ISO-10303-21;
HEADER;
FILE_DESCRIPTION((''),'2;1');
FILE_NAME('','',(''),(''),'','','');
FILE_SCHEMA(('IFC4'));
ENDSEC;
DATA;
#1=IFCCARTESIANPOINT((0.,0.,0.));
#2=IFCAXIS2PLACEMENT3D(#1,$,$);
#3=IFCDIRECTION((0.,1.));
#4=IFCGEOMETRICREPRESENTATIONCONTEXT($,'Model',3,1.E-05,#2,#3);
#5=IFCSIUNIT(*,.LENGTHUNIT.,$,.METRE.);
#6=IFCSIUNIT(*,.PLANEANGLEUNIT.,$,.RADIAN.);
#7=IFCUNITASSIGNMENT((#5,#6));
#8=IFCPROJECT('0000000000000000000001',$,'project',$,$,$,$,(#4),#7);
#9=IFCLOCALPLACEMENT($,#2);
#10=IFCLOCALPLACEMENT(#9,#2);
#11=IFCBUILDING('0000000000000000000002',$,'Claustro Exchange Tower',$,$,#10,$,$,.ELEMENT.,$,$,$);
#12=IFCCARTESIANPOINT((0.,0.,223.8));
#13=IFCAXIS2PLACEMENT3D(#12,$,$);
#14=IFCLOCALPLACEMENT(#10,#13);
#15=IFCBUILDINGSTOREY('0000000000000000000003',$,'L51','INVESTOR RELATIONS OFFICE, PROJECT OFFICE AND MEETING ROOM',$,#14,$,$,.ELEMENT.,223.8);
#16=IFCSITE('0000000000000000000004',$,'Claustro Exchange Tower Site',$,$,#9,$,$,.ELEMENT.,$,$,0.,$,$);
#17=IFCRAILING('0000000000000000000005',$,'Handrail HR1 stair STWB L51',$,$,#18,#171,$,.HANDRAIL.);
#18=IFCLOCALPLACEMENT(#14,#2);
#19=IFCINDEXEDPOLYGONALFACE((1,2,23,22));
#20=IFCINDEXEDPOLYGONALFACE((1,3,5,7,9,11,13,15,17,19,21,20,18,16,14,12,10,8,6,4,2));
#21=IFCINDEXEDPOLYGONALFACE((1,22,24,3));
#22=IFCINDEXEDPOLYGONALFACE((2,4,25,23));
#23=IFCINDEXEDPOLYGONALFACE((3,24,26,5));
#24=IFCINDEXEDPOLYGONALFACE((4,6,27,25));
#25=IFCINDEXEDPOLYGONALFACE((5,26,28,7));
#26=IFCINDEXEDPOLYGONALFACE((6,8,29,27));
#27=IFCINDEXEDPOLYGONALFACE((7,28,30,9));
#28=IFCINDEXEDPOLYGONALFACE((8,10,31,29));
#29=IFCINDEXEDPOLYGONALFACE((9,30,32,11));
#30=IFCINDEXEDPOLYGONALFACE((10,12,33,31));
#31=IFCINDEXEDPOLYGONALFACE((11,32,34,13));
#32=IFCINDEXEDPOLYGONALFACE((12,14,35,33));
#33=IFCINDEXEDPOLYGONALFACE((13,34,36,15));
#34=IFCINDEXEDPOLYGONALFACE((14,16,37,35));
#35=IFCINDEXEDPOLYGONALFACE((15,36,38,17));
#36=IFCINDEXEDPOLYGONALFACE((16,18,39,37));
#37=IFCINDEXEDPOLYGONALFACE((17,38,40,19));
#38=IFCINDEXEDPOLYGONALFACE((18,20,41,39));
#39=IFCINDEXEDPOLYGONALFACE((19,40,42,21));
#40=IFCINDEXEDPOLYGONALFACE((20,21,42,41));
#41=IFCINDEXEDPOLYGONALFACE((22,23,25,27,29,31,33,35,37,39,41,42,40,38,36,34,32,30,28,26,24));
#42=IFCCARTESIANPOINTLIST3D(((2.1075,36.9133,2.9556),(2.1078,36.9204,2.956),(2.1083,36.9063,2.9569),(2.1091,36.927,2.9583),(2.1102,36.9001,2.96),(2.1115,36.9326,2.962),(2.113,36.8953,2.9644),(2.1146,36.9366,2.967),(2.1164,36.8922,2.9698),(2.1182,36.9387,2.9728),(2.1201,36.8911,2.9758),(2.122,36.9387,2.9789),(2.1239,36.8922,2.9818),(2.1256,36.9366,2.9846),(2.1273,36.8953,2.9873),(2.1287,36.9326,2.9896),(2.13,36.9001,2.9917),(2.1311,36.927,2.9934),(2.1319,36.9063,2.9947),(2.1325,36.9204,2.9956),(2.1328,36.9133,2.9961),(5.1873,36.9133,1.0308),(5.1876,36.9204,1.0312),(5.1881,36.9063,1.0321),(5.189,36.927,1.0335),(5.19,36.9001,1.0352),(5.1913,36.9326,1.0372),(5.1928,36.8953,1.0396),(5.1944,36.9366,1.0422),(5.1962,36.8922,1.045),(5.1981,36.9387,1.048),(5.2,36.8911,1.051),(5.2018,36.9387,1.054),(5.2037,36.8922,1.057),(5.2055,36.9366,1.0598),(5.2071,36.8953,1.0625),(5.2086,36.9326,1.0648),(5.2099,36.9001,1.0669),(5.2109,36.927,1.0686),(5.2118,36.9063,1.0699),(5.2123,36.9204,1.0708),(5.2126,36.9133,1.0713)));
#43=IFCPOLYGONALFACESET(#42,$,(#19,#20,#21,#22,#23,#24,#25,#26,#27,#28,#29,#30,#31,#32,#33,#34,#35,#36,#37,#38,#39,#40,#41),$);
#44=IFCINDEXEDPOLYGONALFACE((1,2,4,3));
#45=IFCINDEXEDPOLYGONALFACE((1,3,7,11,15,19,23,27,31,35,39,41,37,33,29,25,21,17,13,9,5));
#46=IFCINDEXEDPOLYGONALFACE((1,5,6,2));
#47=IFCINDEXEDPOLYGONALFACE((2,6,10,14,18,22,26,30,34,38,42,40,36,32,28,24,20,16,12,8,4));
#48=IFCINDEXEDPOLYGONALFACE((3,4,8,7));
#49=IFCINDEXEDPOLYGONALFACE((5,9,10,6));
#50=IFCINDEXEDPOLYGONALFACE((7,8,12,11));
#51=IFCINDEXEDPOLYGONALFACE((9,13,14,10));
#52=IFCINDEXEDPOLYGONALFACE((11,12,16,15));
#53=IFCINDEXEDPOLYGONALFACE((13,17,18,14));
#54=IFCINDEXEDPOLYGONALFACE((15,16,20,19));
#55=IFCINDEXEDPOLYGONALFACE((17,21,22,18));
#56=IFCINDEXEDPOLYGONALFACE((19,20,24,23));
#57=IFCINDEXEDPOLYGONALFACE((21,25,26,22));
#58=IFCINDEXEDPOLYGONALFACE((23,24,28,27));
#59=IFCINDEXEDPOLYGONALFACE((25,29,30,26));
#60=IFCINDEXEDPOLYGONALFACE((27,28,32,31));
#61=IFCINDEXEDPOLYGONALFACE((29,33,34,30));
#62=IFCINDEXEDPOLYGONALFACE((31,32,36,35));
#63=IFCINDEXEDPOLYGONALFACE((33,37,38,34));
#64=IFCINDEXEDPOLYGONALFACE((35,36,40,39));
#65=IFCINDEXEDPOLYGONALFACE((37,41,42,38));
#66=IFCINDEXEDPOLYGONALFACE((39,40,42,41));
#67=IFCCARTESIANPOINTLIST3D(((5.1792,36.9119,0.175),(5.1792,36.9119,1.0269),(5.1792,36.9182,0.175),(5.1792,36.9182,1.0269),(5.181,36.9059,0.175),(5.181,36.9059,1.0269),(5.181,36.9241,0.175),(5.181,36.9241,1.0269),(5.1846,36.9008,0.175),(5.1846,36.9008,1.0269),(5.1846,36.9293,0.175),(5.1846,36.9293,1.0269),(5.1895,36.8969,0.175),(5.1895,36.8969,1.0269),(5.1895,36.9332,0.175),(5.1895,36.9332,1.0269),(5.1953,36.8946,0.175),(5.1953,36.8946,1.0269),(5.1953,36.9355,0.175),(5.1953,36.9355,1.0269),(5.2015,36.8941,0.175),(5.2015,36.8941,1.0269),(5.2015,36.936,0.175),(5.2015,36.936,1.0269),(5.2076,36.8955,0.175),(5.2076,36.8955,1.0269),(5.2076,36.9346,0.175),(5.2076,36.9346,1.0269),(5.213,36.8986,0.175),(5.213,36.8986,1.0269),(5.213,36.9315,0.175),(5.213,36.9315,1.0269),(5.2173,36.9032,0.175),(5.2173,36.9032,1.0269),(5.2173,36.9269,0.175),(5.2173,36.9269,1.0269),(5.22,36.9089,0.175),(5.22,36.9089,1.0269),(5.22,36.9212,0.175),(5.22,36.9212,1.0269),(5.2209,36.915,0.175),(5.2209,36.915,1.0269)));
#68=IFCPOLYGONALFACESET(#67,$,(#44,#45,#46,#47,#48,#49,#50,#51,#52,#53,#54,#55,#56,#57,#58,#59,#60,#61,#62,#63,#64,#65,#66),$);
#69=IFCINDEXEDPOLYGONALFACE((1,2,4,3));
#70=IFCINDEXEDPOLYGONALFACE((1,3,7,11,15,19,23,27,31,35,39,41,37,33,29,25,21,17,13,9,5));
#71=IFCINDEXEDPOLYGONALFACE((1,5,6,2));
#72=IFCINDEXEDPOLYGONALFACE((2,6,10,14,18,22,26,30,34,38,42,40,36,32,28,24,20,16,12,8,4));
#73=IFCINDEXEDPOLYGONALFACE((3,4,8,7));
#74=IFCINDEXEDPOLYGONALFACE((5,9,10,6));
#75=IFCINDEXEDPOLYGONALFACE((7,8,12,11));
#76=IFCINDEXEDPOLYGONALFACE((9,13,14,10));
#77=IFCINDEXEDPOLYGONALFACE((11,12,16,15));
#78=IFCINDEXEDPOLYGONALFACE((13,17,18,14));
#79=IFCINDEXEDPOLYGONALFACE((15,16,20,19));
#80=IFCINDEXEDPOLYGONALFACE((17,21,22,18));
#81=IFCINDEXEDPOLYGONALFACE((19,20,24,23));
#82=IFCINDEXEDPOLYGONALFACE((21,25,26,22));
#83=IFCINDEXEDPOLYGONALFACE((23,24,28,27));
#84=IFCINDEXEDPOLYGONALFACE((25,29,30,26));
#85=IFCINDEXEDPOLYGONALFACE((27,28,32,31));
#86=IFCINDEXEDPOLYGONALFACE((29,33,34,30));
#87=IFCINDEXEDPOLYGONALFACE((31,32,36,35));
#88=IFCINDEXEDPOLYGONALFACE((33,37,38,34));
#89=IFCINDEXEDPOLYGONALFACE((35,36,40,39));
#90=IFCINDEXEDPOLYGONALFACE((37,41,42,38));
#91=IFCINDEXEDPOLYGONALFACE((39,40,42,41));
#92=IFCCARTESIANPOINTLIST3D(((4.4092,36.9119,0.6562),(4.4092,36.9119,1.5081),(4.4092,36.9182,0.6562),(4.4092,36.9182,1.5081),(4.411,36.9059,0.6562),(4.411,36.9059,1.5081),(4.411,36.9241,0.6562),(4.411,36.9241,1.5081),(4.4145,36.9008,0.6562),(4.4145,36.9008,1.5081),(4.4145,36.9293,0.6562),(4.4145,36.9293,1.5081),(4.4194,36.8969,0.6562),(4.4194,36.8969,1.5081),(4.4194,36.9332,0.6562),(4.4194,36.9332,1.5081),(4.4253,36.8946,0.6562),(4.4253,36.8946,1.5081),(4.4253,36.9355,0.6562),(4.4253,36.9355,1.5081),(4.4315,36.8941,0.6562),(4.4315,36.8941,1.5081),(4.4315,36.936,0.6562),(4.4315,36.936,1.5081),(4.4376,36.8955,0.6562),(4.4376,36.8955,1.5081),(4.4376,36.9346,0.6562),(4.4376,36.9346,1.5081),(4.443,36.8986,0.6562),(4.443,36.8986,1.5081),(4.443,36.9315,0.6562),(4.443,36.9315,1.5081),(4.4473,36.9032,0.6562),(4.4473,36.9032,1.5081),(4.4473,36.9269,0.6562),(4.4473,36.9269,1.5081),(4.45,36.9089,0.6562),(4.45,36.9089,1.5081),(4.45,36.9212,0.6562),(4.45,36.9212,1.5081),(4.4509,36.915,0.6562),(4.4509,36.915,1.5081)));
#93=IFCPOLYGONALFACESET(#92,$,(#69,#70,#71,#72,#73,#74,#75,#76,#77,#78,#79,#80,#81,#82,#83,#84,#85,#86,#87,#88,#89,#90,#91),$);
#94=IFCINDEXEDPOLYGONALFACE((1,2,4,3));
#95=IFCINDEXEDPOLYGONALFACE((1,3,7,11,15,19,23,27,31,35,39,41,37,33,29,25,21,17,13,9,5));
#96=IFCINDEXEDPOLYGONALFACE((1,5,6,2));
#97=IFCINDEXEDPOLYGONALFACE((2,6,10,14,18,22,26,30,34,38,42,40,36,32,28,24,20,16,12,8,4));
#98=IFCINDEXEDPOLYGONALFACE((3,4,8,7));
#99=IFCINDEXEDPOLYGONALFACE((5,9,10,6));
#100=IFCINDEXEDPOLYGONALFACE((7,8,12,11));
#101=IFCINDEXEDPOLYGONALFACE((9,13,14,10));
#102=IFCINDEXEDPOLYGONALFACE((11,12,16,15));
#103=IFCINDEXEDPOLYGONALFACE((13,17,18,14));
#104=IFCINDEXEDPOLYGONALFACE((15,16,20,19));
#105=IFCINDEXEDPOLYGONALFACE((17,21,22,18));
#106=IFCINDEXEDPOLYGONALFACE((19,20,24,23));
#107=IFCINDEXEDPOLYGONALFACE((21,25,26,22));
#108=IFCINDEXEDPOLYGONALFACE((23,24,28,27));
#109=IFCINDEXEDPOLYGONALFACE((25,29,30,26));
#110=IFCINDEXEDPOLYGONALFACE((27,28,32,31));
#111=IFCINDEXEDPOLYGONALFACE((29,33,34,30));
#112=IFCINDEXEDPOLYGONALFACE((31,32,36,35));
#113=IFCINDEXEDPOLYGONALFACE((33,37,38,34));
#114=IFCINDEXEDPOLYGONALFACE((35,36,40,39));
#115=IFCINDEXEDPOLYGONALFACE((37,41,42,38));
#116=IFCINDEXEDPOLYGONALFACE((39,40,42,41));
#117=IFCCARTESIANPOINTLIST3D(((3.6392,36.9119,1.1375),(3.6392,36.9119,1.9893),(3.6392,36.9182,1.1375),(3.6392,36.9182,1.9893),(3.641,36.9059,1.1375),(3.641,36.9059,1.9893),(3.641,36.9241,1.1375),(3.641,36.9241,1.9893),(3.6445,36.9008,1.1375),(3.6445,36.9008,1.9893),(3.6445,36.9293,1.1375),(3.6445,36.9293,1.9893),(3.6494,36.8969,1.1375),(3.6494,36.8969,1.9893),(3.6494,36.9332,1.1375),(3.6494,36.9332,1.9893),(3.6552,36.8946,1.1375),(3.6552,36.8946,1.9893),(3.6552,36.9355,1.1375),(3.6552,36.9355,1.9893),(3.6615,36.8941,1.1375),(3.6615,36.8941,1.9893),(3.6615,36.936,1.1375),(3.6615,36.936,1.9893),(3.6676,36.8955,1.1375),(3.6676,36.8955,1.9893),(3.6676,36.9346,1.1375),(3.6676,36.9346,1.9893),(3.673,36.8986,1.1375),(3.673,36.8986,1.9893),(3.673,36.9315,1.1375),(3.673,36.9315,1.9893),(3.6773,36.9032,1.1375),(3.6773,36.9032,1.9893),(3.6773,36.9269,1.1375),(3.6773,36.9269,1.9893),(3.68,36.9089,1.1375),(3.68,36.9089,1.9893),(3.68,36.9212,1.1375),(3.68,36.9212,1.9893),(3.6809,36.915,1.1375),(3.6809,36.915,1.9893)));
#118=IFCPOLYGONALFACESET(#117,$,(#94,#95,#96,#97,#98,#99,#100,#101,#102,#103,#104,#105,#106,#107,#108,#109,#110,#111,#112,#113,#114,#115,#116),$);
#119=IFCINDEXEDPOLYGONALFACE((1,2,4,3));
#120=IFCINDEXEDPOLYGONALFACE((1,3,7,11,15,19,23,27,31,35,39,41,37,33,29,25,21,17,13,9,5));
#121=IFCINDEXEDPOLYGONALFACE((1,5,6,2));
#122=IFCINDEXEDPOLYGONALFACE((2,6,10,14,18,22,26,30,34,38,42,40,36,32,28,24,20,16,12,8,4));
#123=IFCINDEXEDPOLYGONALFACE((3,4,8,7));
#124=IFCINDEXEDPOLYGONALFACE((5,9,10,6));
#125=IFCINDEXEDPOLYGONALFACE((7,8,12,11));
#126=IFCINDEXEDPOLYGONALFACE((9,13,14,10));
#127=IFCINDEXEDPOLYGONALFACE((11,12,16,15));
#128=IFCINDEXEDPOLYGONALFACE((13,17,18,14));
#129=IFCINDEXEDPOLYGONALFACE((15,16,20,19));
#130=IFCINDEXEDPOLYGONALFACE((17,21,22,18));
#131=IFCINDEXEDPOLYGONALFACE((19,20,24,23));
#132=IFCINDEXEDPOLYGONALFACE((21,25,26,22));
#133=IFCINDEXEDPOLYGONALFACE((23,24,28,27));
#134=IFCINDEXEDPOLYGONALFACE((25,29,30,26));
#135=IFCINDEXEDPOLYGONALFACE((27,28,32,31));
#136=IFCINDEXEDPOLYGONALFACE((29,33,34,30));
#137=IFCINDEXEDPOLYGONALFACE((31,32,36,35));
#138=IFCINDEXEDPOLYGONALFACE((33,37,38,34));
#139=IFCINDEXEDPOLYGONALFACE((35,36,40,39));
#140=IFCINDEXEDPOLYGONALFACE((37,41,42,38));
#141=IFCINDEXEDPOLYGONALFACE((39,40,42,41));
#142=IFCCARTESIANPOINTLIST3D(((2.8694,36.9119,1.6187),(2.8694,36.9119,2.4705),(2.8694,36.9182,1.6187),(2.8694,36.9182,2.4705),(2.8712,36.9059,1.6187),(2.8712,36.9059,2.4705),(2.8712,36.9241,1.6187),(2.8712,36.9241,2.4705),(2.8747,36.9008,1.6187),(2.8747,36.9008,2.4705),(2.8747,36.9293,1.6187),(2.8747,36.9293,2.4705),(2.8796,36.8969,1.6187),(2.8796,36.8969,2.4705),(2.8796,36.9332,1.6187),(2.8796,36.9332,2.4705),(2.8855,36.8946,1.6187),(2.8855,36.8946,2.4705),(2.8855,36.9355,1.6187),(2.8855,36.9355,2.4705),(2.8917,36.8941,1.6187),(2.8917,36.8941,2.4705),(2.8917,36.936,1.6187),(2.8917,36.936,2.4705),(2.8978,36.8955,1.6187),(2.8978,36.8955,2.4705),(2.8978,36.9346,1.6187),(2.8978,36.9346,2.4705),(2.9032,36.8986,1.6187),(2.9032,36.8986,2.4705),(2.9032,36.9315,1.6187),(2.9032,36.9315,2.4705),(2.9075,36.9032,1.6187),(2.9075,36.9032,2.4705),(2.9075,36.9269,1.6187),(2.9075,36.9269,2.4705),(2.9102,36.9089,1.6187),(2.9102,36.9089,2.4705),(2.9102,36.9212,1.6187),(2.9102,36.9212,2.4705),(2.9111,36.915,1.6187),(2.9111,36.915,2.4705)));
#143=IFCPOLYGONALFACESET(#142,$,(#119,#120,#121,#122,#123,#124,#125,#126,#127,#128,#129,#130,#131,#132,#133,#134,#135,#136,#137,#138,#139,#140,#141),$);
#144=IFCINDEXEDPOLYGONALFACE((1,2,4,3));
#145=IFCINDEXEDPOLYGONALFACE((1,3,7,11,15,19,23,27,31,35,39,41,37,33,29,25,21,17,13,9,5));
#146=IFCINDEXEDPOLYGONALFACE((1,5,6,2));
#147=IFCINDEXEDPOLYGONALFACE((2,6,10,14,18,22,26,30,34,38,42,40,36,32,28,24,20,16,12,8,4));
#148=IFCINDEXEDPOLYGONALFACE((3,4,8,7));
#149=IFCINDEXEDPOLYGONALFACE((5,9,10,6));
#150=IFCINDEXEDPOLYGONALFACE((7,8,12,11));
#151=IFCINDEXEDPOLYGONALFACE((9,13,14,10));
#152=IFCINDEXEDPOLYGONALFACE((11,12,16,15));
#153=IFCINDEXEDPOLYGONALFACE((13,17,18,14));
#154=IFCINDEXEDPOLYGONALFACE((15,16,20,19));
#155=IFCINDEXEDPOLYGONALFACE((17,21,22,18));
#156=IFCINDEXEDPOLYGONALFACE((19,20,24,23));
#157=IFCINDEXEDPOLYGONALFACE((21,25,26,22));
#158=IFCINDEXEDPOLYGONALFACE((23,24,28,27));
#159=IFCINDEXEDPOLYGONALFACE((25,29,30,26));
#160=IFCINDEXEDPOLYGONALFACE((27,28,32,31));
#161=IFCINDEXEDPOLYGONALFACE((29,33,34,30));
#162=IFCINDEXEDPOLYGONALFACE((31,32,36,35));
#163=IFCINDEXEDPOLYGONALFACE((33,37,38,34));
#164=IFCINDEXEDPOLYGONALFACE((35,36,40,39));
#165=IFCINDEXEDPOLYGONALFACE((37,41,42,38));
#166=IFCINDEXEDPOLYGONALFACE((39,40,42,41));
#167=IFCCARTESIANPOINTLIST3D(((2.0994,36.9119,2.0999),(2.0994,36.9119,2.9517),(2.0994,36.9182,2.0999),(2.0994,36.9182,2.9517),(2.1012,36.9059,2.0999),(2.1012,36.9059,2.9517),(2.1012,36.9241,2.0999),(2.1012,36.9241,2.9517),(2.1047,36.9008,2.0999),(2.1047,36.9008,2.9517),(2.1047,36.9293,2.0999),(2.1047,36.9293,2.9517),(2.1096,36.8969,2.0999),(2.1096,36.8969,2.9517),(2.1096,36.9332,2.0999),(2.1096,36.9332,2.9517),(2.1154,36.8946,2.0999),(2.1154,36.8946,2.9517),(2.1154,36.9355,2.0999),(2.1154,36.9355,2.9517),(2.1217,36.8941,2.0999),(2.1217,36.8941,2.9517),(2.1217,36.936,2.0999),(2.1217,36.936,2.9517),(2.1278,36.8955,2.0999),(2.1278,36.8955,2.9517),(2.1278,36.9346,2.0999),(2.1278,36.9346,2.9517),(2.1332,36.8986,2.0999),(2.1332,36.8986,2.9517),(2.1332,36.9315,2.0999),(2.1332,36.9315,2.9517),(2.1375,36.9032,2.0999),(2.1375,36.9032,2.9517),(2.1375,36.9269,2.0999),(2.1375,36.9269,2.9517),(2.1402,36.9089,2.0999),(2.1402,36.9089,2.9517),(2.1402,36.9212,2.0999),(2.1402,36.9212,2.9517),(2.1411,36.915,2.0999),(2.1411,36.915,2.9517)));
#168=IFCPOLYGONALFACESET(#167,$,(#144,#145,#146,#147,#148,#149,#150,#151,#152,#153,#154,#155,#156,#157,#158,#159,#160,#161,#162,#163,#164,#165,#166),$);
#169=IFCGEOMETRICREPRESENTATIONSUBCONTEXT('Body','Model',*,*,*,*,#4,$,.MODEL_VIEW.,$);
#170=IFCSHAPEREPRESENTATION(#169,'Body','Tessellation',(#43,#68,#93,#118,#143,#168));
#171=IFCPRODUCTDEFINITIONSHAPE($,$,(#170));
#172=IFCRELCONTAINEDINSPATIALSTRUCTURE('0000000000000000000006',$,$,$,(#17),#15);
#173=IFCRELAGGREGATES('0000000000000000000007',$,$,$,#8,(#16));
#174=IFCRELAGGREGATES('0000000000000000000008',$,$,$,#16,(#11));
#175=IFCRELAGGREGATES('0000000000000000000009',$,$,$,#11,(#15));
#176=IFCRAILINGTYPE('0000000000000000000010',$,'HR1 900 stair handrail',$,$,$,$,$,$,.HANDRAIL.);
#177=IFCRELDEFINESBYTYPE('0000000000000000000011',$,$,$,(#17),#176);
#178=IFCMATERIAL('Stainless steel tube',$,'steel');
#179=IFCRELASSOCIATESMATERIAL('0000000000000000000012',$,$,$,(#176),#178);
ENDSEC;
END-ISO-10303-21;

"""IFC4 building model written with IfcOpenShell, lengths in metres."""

from ifc_helpers import new_model, si_unit, direction, frame, origin, origin_2d, place, context, subcontext, project, spatial, circle, extrude, material, type_object, element, save


model = new_model("IFC4")

# Units and contexts
model_context = context("Model", 3, precision=1e-05, world=origin(), true_north=direction((0.0, 1.0)))
body_context = subcontext(model_context, "Body", "Model", "MODEL_VIEW")
ifc_project = project(units=[si_unit("LENGTHUNIT", "METRE"), si_unit("PLANEANGLEUNIT", "RADIAN")], contexts=[model_context])

# Site, building, storey
site_placement = place(None, origin())
site = spatial("IfcSite", under=ifc_project, at=site_placement, Name="Claustro Exchange Tower Site", CompositionType="ELEMENT", RefElevation=0.0)
building_placement = place(site_placement, origin())
building = spatial("IfcBuilding", under=site, at=building_placement, Name="Claustro Exchange Tower", CompositionType="ELEMENT")
storey_placement = place(building_placement, frame((0.0, 0.0, 223.8)))
storey = spatial("IfcBuildingStorey", under=building, at=storey_placement, Name="L51", Description="INVESTOR RELATIONS OFFICE, PROJECT OFFICE AND MEETING ROOM", CompositionType="ELEMENT", Elevation=223.8)

# Railing
ifc_material_1 = material(Name="Stainless steel tube", Category="steel")
railing_type_1 = type_object("IfcRailingType", Name="HR1 900 stair handrail", PredefinedType="HANDRAIL", material=ifc_material_1)
railing_1_placement = place(storey_placement, frame((5.2, 36.915, 0.175)))
element("IfcRailing", 1, at=railing_1_placement, inside=storey, type_object=railing_type_1, Name="Handrail HR1 stair STWB L51", PredefinedType="HANDRAIL", context=body_context, shape_type="SweptSolid", body=[
    extrude(circle(Radius=0.0239, at=origin_2d()), frame((0.0, 0.0, 0.876), z_axis=(-0.84801, 0.0, 0.529981), x_axis=(0.0, -1.0, 0.0)), (0.0, 0.0, 1.0), 3.6318),
    extrude(circle(Radius=0.021, at=origin_2d()), origin(), (0.0, 0.0, 1.0), 0.8518),
    extrude(circle(Radius=0.021, at=origin_2d()), frame((-0.77, 0.0, 0.4812)), (0.0, 0.0, 1.0), 0.8518),
    extrude(circle(Radius=0.021, at=origin_2d()), frame((-1.54, 0.0, 0.9624)), (0.0, 0.0, 1.0), 0.8518),
    extrude(circle(Radius=0.021, at=origin_2d()), frame((-2.3098, 0.0, 1.4436)), (0.0, 0.0, 1.0), 0.8518),
    extrude(circle(Radius=0.021, at=origin_2d()), frame((-3.0798, 0.0, 1.9248)), (0.0, 0.0, 1.0), 0.8518),
])

save(model, "model.ifc")
